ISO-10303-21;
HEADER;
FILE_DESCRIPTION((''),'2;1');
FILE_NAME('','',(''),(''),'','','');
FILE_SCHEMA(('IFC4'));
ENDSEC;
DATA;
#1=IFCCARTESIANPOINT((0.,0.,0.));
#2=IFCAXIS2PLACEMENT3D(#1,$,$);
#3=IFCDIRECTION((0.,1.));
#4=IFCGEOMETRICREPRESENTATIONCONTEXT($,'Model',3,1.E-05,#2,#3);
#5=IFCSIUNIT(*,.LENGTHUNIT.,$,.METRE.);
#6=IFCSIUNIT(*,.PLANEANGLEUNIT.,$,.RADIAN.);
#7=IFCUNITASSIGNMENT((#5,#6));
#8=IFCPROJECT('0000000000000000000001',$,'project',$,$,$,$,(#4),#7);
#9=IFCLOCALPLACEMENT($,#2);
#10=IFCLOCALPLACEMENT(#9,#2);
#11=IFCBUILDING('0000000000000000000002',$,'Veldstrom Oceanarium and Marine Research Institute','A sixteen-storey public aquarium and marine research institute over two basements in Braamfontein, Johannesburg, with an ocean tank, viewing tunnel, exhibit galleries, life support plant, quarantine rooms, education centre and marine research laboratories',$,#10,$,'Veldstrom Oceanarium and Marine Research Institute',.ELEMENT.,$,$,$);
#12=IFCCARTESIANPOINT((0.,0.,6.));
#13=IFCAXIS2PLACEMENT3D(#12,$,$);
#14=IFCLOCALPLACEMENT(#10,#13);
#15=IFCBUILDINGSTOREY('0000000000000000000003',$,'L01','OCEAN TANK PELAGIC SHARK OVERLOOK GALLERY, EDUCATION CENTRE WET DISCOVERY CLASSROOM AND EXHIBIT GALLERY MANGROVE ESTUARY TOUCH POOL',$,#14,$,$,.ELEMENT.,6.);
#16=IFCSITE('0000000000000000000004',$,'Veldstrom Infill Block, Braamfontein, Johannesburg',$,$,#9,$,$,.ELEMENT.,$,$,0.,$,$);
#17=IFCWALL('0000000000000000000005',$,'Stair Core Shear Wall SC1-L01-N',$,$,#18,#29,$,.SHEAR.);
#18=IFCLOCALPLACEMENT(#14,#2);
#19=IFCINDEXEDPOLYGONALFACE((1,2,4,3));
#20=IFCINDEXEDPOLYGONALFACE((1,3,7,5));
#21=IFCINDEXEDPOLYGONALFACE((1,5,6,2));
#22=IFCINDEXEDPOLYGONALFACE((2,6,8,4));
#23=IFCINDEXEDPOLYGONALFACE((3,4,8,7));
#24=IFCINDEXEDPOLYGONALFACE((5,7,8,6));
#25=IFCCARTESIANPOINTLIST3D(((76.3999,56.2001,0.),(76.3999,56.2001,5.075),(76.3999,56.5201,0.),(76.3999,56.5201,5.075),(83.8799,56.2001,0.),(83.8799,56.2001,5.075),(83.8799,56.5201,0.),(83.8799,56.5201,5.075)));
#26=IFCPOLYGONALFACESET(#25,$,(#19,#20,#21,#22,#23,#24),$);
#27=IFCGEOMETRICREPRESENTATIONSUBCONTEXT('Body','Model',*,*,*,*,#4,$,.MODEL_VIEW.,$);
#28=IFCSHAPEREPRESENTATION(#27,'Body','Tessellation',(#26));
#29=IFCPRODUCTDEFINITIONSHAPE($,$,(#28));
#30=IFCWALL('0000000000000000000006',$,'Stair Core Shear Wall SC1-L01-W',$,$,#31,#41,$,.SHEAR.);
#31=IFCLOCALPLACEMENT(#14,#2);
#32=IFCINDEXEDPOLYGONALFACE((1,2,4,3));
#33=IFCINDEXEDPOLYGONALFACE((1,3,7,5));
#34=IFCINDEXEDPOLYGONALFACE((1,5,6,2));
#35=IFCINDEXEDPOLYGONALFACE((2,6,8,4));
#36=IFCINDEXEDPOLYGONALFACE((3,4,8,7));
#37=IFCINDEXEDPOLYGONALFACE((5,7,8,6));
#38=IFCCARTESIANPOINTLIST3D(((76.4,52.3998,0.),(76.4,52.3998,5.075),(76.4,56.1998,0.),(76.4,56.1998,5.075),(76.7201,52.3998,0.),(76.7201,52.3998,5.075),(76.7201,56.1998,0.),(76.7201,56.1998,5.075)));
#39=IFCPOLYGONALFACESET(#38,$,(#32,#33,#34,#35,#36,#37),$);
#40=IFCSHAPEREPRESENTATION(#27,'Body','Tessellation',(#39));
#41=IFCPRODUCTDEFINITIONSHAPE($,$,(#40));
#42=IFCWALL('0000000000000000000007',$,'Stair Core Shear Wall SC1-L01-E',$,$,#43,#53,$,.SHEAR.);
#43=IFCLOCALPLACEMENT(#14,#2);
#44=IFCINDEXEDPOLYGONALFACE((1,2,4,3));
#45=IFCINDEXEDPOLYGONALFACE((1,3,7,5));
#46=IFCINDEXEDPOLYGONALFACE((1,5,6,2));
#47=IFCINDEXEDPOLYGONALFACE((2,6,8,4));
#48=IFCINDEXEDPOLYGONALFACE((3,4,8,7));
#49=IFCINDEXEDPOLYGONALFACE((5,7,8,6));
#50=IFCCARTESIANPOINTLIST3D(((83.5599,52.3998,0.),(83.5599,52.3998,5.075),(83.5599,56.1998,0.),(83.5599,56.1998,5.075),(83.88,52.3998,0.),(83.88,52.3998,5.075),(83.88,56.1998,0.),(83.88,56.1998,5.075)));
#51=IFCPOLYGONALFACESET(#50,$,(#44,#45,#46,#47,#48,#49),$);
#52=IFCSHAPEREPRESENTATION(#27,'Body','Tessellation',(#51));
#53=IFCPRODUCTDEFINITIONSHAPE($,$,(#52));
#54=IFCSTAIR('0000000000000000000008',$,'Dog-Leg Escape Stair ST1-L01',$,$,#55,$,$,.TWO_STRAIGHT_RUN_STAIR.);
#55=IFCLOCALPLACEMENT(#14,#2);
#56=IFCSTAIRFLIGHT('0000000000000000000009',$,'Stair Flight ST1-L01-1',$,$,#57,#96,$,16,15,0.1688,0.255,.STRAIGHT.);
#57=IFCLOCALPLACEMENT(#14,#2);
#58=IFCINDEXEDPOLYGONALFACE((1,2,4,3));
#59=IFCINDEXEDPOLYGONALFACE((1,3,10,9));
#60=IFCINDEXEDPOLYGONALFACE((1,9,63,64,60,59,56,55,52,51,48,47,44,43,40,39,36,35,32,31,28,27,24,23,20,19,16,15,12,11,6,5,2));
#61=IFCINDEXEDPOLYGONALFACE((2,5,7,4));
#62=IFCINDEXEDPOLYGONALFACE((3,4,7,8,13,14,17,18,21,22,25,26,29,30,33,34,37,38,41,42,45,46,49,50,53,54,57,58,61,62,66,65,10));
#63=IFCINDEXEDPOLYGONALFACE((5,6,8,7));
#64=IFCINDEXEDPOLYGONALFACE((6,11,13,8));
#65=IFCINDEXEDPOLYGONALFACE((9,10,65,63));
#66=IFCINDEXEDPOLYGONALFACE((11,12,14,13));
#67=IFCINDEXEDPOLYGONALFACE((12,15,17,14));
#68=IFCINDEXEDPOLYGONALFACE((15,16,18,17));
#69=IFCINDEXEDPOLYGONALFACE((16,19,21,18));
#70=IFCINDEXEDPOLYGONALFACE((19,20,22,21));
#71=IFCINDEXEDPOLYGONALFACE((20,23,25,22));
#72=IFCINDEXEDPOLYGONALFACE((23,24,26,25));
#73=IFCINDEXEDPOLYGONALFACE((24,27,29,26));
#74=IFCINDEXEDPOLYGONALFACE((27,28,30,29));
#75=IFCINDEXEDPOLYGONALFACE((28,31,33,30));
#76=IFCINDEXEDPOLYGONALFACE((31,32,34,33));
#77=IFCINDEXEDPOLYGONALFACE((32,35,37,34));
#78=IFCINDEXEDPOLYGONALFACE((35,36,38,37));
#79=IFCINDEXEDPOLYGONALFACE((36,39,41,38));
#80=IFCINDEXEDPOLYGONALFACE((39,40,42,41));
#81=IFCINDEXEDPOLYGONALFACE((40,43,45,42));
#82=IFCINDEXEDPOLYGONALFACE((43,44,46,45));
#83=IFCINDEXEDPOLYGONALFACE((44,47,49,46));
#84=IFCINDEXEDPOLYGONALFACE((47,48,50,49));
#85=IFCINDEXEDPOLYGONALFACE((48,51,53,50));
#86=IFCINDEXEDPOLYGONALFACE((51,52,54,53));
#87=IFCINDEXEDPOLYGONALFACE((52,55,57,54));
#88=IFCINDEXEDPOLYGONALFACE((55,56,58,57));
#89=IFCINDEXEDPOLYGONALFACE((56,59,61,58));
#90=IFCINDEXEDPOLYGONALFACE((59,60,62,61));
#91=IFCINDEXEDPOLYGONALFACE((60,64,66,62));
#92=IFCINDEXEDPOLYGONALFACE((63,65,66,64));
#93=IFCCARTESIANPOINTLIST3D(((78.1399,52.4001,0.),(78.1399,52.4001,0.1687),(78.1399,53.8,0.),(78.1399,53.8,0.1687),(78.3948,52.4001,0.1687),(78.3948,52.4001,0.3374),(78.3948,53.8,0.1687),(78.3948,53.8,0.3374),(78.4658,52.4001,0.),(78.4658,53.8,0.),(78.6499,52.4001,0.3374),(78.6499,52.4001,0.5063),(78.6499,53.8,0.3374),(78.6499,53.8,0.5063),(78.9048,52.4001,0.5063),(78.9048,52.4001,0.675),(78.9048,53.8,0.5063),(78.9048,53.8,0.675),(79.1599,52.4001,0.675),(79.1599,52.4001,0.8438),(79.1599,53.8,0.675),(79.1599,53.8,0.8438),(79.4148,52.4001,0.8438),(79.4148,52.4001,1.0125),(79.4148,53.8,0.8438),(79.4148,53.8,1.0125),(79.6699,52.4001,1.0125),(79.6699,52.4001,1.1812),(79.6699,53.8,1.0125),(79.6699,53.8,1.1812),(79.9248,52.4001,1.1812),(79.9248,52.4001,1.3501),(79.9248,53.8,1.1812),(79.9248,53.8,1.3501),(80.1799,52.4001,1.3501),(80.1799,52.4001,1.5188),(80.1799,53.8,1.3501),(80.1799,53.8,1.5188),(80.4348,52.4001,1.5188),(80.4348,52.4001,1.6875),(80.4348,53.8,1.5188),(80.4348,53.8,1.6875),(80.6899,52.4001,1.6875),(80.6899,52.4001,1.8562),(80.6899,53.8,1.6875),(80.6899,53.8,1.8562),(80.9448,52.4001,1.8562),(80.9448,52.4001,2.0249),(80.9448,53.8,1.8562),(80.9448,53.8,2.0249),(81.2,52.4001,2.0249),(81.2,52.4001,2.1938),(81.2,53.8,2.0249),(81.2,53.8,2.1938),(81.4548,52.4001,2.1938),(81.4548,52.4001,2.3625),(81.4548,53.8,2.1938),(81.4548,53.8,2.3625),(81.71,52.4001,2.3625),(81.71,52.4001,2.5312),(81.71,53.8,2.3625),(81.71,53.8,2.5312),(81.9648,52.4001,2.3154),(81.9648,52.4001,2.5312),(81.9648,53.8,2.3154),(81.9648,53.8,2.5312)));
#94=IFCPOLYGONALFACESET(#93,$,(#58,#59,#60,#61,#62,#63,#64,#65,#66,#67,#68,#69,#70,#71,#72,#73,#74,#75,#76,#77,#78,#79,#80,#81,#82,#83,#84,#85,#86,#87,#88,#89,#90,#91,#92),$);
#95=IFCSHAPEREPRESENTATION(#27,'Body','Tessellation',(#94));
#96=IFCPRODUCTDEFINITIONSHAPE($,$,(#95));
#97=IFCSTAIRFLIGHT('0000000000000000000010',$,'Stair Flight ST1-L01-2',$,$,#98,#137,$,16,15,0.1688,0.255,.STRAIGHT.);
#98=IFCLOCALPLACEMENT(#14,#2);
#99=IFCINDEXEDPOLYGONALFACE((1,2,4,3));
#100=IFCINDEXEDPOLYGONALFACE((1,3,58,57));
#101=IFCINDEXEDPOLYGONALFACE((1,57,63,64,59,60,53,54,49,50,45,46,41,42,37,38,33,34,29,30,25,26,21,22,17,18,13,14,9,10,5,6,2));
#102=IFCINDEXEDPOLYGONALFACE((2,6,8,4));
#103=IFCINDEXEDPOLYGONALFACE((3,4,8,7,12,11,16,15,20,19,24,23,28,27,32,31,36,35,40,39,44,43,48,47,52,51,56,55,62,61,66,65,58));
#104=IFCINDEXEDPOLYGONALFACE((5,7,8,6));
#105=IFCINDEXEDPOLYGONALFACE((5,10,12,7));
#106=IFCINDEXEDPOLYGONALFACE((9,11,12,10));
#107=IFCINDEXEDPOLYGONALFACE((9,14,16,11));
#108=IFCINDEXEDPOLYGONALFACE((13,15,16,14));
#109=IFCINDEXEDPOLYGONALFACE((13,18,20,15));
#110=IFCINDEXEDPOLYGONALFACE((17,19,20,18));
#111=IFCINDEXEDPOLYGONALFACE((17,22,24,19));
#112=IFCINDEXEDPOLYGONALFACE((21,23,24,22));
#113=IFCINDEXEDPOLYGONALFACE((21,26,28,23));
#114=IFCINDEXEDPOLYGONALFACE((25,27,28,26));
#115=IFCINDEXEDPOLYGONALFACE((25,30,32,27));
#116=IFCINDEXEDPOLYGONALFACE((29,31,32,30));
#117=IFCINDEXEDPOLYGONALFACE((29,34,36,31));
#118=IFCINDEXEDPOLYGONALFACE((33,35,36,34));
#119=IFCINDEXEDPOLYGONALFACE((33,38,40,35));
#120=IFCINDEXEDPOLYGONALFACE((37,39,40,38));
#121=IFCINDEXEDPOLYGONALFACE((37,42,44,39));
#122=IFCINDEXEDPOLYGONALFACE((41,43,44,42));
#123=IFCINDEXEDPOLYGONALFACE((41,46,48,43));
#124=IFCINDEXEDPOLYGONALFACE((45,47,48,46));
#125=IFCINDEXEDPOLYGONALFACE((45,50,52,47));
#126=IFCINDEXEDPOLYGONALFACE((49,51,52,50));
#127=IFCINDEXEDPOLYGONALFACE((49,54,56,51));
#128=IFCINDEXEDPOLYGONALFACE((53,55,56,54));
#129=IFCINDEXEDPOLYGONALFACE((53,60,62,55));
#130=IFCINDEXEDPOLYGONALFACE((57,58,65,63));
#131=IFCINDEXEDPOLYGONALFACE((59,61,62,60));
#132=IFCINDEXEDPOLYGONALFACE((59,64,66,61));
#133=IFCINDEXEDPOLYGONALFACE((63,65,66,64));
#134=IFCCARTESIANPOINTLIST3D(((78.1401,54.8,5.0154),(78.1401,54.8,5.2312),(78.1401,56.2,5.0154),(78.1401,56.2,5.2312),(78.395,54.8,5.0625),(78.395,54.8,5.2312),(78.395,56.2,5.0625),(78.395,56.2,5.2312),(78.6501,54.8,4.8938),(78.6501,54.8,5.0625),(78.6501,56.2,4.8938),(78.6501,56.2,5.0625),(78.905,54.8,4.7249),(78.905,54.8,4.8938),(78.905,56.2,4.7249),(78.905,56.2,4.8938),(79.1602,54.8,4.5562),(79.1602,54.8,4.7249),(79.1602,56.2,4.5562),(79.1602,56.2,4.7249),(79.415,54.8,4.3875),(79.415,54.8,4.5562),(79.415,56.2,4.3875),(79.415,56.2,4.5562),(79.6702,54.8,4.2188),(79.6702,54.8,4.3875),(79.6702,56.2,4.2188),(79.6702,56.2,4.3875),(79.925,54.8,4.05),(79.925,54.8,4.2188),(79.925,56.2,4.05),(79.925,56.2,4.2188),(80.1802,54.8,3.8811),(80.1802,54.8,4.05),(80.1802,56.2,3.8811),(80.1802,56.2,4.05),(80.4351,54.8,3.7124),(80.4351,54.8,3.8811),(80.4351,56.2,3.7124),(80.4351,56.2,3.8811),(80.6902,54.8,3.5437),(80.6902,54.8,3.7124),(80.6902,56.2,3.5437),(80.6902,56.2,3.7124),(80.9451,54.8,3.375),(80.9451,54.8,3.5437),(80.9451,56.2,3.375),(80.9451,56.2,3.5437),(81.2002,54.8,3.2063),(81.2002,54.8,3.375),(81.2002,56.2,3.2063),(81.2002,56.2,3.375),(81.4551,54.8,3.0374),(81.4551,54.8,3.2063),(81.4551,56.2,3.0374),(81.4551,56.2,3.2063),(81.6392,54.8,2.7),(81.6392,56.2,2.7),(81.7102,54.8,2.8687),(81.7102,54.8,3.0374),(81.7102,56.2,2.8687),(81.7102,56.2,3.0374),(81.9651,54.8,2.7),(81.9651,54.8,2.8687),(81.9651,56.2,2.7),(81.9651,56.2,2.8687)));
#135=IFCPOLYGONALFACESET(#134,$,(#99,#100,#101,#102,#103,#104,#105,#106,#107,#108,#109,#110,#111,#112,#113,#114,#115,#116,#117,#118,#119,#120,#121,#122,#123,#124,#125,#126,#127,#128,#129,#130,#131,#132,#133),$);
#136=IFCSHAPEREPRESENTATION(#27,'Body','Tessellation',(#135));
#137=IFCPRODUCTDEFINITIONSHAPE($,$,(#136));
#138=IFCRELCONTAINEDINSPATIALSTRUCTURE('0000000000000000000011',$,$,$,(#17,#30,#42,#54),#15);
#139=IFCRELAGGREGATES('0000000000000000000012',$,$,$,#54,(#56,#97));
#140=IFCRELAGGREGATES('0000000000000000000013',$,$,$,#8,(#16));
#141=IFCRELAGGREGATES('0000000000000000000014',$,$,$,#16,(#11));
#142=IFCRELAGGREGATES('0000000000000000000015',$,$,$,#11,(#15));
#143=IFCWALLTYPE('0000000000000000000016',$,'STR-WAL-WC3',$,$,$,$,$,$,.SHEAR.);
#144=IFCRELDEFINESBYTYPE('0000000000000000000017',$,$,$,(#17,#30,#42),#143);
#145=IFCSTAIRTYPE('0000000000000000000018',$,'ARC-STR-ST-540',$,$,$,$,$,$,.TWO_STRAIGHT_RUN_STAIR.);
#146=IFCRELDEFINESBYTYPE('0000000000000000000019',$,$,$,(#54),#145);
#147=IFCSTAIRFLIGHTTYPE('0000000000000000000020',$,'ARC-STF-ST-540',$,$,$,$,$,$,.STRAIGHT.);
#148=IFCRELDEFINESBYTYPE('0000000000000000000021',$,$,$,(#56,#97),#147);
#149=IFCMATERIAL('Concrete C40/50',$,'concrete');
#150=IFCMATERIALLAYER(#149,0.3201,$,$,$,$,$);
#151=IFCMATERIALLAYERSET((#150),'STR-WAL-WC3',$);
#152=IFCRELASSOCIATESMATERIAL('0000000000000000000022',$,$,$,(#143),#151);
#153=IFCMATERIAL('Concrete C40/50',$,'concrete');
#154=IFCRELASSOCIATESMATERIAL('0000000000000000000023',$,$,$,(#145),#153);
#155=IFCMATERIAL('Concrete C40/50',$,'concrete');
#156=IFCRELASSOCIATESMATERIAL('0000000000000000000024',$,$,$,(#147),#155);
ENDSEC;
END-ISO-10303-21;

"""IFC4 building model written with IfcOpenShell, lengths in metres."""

from ifc_helpers import new_model, si_unit, direction, frame, frame_2d, origin, place, context, subcontext, project, spatial, polyline, rectangle, outline, extrude, material, layer, layer_set, type_object, element, aggregate, save


model = new_model("IFC4")

# Units and contexts
model_context = context("Model", 3, precision=1e-05, world=origin(), true_north=direction((0.0, 1.0)))
body_context = subcontext(model_context, "Body", "Model", "MODEL_VIEW")
ifc_project = project(units=[si_unit("LENGTHUNIT", "METRE"), si_unit("PLANEANGLEUNIT", "RADIAN")], contexts=[model_context])

# Site, building, storey
site_placement = place(None, origin())
site = spatial("IfcSite", under=ifc_project, at=site_placement, Name="Veldstrom Infill Block, Braamfontein, Johannesburg", CompositionType="ELEMENT", RefElevation=0.0)
building_placement = place(site_placement, origin())
building = spatial("IfcBuilding", under=site, at=building_placement, Name="Veldstrom Oceanarium and Marine Research Institute", Description="A sixteen-storey public aquarium and marine research institute over two basements in Braamfontein, Johannesburg, with an ocean tank, viewing tunnel, exhibit galleries, life support plant, quarantine rooms, education centre and marine research laboratories", LongName="Veldstrom Oceanarium and Marine Research Institute", CompositionType="ELEMENT")
storey_placement = place(building_placement, frame((0.0, 0.0, 6.0)))
storey = spatial("IfcBuildingStorey", under=building, at=storey_placement, Name="L01", Description="OCEAN TANK PELAGIC SHARK OVERLOOK GALLERY, EDUCATION CENTRE WET DISCOVERY CLASSROOM AND EXHIBIT GALLERY MANGROVE ESTUARY TOUCH POOL", CompositionType="ELEMENT", Elevation=6.0)

# Shared definitions
ifc_material_1 = material(Name="Concrete C40/50", Category="concrete")
ifc_layer_1 = layer(ifc_material_1, 0.3201)
ifc_layer_set_1 = layer_set([ifc_layer_1], Name="STR-WAL-WC3")
wall_type_1 = type_object("IfcWallType", Name="STR-WAL-WC3", PredefinedType="SHEAR", material=ifc_layer_set_1)

# Walls
wall_1_placement = place(storey_placement, frame((76.3999, 56.3601, 0.0), z_axis=(0.0, 0.0, 1.0), x_axis=(1.0, 0.0, 0.0)))
element("IfcWall", 1, at=wall_1_placement, inside=storey, type_object=wall_type_1, Name="Stair Core Shear Wall SC1-L01-N", PredefinedType="SHEAR", context=body_context, shape_type="SweptSolid", body=[
    extrude(rectangle(XDim=7.48, YDim=0.3201, at=frame_2d((3.74, 0.0))), origin(), (0.0, 0.0, 1.0), 5.075),
])
for number, where, z_axis, x_axis, name in (
    (2, (76.5601, 52.3999, 0.0), (0.0, 0.0, 1.0), (0.0, 1.0, 0.0), "Stair Core Shear Wall SC1-L01-W"),
    (3, (83.72, 52.3999, 0.0), (0.0, 0.0, 1.0), (0.0, 1.0, 0.0), "Stair Core Shear Wall SC1-L01-E"),
):
    element("IfcWall", number, at=place(storey_placement, frame(where, z_axis=z_axis, x_axis=x_axis)), inside=storey, type_object=wall_type_1, Name=name, PredefinedType="SHEAR", context=body_context, shape_type="SweptSolid", body=[
        extrude(rectangle(XDim=3.8, YDim=0.3201, at=frame_2d((1.8999, 0.0))), origin(), (0.0, 0.0, 1.0), 5.075),
    ])

# Stair, stair flights
ifc_material_2 = material(Name="Concrete C40/50", Category="concrete")
stair_type = type_object("IfcStairType", Name="ARC-STR-ST-540", PredefinedType="TWO_STRAIGHT_RUN_STAIR", material=ifc_material_2)
stair_placement = place(storey_placement, origin())
stair = element("IfcStair", 4, at=stair_placement, inside=storey, type_object=stair_type, Name="Dog-Leg Escape Stair ST1-L01", PredefinedType="TWO_STRAIGHT_RUN_STAIR")
ifc_material_3 = material(Name="Concrete C40/50", Category="concrete")
stair_flight_type = type_object("IfcStairFlightType", Name="ARC-STF-ST-540", PredefinedType="STRAIGHT", material=ifc_material_3)
stair_flight_1_placement = place(storey_placement, frame((78.1399, 53.1001, 0.0), z_axis=(0.0, 0.0, 1.0), x_axis=(1.0, 0.0, 0.0)))
stair_flight_1 = element("IfcStairFlight", 5, at=stair_flight_1_placement, type_object=stair_flight_type, Name="Stair Flight ST1-L01-1", NumberOfRisers=16, NumberOfTreads=15, PredefinedType="STRAIGHT", RiserHeight=0.1688, TreadLength=0.255, context=body_context, shape_type="SweptSolid", body=[
    extrude(outline(polyline([(0.0, 0.0), (0.0, 0.1687), (0.2549, 0.1687), (0.2549, 0.3374), (0.51, 0.3374), (0.51, 0.5063), (0.7649, 0.5063), (0.7649, 0.675), (1.02, 0.675), (1.02, 0.8438), (1.2749, 0.8438), (1.2749, 1.0125), (1.53, 1.0125), (1.53, 1.1812), (1.7849, 1.1812), (1.7849, 1.3501), (2.04, 1.3501), (2.04, 1.5188), (2.2949, 1.5188), (2.2949, 1.6875), (2.55, 1.6875), (2.55, 1.8562), (2.8049, 1.8562), (2.8049, 2.0249), (3.0601, 2.0249), (3.0601, 2.1938), (3.3149, 2.1938), (3.3149, 2.3625), (3.5701, 2.3625), (3.5701, 2.5312), (3.825, 2.5312), (3.825, 2.7), (3.825, 2.3154), (0.3259, 0.0), (0.0, 0.0)])), frame((0.0, 0.7, 0.0), z_axis=(0.0, -1.0, 0.0), x_axis=(1.0, 0.0, 0.0)), (0.0, 0.0, 1.0), 1.3999),
])
stair_flight_2_placement = place(storey_placement, frame((81.9651, 55.5, 2.7), z_axis=(0.0, 0.0, 1.0), x_axis=(-1.0, 0.0, 0.0)))
stair_flight_2 = element("IfcStairFlight", 6, at=stair_flight_2_placement, type_object=stair_flight_type, Name="Stair Flight ST1-L01-2", NumberOfRisers=16, NumberOfTreads=15, PredefinedType="STRAIGHT", RiserHeight=0.1688, TreadLength=0.255, context=body_context, shape_type="SweptSolid", body=[
    extrude(outline(polyline([(0.0, 0.0), (0.0, 0.1687), (0.2549, 0.1687), (0.2549, 0.3374), (0.51, 0.3374), (0.51, 0.5063), (0.7649, 0.5063), (0.7649, 0.675), (1.02, 0.675), (1.02, 0.8438), (1.2749, 0.8438), (1.2749, 1.0125), (1.53, 1.0125), (1.53, 1.1812), (1.7849, 1.1812), (1.7849, 1.3501), (2.04, 1.3501), (2.04, 1.5188), (2.2949, 1.5188), (2.2949, 1.6875), (2.55, 1.6875), (2.55, 1.8562), (2.8049, 1.8562), (2.8049, 2.0249), (3.0601, 2.0249), (3.0601, 2.1938), (3.3149, 2.1938), (3.3149, 2.3625), (3.5701, 2.3625), (3.5701, 2.5312), (3.825, 2.5312), (3.825, 2.7), (3.825, 2.3154), (0.3259, 0.0), (0.0, 0.0)])), frame((0.0, 0.7, 0.0), z_axis=(0.0, -1.0, 0.0), x_axis=(1.0, 0.0, 0.0)), (0.0, 0.0, 1.0), 1.3999),
])
aggregate(stair, [stair_flight_1, stair_flight_2])

save(model, "model.ifc")
